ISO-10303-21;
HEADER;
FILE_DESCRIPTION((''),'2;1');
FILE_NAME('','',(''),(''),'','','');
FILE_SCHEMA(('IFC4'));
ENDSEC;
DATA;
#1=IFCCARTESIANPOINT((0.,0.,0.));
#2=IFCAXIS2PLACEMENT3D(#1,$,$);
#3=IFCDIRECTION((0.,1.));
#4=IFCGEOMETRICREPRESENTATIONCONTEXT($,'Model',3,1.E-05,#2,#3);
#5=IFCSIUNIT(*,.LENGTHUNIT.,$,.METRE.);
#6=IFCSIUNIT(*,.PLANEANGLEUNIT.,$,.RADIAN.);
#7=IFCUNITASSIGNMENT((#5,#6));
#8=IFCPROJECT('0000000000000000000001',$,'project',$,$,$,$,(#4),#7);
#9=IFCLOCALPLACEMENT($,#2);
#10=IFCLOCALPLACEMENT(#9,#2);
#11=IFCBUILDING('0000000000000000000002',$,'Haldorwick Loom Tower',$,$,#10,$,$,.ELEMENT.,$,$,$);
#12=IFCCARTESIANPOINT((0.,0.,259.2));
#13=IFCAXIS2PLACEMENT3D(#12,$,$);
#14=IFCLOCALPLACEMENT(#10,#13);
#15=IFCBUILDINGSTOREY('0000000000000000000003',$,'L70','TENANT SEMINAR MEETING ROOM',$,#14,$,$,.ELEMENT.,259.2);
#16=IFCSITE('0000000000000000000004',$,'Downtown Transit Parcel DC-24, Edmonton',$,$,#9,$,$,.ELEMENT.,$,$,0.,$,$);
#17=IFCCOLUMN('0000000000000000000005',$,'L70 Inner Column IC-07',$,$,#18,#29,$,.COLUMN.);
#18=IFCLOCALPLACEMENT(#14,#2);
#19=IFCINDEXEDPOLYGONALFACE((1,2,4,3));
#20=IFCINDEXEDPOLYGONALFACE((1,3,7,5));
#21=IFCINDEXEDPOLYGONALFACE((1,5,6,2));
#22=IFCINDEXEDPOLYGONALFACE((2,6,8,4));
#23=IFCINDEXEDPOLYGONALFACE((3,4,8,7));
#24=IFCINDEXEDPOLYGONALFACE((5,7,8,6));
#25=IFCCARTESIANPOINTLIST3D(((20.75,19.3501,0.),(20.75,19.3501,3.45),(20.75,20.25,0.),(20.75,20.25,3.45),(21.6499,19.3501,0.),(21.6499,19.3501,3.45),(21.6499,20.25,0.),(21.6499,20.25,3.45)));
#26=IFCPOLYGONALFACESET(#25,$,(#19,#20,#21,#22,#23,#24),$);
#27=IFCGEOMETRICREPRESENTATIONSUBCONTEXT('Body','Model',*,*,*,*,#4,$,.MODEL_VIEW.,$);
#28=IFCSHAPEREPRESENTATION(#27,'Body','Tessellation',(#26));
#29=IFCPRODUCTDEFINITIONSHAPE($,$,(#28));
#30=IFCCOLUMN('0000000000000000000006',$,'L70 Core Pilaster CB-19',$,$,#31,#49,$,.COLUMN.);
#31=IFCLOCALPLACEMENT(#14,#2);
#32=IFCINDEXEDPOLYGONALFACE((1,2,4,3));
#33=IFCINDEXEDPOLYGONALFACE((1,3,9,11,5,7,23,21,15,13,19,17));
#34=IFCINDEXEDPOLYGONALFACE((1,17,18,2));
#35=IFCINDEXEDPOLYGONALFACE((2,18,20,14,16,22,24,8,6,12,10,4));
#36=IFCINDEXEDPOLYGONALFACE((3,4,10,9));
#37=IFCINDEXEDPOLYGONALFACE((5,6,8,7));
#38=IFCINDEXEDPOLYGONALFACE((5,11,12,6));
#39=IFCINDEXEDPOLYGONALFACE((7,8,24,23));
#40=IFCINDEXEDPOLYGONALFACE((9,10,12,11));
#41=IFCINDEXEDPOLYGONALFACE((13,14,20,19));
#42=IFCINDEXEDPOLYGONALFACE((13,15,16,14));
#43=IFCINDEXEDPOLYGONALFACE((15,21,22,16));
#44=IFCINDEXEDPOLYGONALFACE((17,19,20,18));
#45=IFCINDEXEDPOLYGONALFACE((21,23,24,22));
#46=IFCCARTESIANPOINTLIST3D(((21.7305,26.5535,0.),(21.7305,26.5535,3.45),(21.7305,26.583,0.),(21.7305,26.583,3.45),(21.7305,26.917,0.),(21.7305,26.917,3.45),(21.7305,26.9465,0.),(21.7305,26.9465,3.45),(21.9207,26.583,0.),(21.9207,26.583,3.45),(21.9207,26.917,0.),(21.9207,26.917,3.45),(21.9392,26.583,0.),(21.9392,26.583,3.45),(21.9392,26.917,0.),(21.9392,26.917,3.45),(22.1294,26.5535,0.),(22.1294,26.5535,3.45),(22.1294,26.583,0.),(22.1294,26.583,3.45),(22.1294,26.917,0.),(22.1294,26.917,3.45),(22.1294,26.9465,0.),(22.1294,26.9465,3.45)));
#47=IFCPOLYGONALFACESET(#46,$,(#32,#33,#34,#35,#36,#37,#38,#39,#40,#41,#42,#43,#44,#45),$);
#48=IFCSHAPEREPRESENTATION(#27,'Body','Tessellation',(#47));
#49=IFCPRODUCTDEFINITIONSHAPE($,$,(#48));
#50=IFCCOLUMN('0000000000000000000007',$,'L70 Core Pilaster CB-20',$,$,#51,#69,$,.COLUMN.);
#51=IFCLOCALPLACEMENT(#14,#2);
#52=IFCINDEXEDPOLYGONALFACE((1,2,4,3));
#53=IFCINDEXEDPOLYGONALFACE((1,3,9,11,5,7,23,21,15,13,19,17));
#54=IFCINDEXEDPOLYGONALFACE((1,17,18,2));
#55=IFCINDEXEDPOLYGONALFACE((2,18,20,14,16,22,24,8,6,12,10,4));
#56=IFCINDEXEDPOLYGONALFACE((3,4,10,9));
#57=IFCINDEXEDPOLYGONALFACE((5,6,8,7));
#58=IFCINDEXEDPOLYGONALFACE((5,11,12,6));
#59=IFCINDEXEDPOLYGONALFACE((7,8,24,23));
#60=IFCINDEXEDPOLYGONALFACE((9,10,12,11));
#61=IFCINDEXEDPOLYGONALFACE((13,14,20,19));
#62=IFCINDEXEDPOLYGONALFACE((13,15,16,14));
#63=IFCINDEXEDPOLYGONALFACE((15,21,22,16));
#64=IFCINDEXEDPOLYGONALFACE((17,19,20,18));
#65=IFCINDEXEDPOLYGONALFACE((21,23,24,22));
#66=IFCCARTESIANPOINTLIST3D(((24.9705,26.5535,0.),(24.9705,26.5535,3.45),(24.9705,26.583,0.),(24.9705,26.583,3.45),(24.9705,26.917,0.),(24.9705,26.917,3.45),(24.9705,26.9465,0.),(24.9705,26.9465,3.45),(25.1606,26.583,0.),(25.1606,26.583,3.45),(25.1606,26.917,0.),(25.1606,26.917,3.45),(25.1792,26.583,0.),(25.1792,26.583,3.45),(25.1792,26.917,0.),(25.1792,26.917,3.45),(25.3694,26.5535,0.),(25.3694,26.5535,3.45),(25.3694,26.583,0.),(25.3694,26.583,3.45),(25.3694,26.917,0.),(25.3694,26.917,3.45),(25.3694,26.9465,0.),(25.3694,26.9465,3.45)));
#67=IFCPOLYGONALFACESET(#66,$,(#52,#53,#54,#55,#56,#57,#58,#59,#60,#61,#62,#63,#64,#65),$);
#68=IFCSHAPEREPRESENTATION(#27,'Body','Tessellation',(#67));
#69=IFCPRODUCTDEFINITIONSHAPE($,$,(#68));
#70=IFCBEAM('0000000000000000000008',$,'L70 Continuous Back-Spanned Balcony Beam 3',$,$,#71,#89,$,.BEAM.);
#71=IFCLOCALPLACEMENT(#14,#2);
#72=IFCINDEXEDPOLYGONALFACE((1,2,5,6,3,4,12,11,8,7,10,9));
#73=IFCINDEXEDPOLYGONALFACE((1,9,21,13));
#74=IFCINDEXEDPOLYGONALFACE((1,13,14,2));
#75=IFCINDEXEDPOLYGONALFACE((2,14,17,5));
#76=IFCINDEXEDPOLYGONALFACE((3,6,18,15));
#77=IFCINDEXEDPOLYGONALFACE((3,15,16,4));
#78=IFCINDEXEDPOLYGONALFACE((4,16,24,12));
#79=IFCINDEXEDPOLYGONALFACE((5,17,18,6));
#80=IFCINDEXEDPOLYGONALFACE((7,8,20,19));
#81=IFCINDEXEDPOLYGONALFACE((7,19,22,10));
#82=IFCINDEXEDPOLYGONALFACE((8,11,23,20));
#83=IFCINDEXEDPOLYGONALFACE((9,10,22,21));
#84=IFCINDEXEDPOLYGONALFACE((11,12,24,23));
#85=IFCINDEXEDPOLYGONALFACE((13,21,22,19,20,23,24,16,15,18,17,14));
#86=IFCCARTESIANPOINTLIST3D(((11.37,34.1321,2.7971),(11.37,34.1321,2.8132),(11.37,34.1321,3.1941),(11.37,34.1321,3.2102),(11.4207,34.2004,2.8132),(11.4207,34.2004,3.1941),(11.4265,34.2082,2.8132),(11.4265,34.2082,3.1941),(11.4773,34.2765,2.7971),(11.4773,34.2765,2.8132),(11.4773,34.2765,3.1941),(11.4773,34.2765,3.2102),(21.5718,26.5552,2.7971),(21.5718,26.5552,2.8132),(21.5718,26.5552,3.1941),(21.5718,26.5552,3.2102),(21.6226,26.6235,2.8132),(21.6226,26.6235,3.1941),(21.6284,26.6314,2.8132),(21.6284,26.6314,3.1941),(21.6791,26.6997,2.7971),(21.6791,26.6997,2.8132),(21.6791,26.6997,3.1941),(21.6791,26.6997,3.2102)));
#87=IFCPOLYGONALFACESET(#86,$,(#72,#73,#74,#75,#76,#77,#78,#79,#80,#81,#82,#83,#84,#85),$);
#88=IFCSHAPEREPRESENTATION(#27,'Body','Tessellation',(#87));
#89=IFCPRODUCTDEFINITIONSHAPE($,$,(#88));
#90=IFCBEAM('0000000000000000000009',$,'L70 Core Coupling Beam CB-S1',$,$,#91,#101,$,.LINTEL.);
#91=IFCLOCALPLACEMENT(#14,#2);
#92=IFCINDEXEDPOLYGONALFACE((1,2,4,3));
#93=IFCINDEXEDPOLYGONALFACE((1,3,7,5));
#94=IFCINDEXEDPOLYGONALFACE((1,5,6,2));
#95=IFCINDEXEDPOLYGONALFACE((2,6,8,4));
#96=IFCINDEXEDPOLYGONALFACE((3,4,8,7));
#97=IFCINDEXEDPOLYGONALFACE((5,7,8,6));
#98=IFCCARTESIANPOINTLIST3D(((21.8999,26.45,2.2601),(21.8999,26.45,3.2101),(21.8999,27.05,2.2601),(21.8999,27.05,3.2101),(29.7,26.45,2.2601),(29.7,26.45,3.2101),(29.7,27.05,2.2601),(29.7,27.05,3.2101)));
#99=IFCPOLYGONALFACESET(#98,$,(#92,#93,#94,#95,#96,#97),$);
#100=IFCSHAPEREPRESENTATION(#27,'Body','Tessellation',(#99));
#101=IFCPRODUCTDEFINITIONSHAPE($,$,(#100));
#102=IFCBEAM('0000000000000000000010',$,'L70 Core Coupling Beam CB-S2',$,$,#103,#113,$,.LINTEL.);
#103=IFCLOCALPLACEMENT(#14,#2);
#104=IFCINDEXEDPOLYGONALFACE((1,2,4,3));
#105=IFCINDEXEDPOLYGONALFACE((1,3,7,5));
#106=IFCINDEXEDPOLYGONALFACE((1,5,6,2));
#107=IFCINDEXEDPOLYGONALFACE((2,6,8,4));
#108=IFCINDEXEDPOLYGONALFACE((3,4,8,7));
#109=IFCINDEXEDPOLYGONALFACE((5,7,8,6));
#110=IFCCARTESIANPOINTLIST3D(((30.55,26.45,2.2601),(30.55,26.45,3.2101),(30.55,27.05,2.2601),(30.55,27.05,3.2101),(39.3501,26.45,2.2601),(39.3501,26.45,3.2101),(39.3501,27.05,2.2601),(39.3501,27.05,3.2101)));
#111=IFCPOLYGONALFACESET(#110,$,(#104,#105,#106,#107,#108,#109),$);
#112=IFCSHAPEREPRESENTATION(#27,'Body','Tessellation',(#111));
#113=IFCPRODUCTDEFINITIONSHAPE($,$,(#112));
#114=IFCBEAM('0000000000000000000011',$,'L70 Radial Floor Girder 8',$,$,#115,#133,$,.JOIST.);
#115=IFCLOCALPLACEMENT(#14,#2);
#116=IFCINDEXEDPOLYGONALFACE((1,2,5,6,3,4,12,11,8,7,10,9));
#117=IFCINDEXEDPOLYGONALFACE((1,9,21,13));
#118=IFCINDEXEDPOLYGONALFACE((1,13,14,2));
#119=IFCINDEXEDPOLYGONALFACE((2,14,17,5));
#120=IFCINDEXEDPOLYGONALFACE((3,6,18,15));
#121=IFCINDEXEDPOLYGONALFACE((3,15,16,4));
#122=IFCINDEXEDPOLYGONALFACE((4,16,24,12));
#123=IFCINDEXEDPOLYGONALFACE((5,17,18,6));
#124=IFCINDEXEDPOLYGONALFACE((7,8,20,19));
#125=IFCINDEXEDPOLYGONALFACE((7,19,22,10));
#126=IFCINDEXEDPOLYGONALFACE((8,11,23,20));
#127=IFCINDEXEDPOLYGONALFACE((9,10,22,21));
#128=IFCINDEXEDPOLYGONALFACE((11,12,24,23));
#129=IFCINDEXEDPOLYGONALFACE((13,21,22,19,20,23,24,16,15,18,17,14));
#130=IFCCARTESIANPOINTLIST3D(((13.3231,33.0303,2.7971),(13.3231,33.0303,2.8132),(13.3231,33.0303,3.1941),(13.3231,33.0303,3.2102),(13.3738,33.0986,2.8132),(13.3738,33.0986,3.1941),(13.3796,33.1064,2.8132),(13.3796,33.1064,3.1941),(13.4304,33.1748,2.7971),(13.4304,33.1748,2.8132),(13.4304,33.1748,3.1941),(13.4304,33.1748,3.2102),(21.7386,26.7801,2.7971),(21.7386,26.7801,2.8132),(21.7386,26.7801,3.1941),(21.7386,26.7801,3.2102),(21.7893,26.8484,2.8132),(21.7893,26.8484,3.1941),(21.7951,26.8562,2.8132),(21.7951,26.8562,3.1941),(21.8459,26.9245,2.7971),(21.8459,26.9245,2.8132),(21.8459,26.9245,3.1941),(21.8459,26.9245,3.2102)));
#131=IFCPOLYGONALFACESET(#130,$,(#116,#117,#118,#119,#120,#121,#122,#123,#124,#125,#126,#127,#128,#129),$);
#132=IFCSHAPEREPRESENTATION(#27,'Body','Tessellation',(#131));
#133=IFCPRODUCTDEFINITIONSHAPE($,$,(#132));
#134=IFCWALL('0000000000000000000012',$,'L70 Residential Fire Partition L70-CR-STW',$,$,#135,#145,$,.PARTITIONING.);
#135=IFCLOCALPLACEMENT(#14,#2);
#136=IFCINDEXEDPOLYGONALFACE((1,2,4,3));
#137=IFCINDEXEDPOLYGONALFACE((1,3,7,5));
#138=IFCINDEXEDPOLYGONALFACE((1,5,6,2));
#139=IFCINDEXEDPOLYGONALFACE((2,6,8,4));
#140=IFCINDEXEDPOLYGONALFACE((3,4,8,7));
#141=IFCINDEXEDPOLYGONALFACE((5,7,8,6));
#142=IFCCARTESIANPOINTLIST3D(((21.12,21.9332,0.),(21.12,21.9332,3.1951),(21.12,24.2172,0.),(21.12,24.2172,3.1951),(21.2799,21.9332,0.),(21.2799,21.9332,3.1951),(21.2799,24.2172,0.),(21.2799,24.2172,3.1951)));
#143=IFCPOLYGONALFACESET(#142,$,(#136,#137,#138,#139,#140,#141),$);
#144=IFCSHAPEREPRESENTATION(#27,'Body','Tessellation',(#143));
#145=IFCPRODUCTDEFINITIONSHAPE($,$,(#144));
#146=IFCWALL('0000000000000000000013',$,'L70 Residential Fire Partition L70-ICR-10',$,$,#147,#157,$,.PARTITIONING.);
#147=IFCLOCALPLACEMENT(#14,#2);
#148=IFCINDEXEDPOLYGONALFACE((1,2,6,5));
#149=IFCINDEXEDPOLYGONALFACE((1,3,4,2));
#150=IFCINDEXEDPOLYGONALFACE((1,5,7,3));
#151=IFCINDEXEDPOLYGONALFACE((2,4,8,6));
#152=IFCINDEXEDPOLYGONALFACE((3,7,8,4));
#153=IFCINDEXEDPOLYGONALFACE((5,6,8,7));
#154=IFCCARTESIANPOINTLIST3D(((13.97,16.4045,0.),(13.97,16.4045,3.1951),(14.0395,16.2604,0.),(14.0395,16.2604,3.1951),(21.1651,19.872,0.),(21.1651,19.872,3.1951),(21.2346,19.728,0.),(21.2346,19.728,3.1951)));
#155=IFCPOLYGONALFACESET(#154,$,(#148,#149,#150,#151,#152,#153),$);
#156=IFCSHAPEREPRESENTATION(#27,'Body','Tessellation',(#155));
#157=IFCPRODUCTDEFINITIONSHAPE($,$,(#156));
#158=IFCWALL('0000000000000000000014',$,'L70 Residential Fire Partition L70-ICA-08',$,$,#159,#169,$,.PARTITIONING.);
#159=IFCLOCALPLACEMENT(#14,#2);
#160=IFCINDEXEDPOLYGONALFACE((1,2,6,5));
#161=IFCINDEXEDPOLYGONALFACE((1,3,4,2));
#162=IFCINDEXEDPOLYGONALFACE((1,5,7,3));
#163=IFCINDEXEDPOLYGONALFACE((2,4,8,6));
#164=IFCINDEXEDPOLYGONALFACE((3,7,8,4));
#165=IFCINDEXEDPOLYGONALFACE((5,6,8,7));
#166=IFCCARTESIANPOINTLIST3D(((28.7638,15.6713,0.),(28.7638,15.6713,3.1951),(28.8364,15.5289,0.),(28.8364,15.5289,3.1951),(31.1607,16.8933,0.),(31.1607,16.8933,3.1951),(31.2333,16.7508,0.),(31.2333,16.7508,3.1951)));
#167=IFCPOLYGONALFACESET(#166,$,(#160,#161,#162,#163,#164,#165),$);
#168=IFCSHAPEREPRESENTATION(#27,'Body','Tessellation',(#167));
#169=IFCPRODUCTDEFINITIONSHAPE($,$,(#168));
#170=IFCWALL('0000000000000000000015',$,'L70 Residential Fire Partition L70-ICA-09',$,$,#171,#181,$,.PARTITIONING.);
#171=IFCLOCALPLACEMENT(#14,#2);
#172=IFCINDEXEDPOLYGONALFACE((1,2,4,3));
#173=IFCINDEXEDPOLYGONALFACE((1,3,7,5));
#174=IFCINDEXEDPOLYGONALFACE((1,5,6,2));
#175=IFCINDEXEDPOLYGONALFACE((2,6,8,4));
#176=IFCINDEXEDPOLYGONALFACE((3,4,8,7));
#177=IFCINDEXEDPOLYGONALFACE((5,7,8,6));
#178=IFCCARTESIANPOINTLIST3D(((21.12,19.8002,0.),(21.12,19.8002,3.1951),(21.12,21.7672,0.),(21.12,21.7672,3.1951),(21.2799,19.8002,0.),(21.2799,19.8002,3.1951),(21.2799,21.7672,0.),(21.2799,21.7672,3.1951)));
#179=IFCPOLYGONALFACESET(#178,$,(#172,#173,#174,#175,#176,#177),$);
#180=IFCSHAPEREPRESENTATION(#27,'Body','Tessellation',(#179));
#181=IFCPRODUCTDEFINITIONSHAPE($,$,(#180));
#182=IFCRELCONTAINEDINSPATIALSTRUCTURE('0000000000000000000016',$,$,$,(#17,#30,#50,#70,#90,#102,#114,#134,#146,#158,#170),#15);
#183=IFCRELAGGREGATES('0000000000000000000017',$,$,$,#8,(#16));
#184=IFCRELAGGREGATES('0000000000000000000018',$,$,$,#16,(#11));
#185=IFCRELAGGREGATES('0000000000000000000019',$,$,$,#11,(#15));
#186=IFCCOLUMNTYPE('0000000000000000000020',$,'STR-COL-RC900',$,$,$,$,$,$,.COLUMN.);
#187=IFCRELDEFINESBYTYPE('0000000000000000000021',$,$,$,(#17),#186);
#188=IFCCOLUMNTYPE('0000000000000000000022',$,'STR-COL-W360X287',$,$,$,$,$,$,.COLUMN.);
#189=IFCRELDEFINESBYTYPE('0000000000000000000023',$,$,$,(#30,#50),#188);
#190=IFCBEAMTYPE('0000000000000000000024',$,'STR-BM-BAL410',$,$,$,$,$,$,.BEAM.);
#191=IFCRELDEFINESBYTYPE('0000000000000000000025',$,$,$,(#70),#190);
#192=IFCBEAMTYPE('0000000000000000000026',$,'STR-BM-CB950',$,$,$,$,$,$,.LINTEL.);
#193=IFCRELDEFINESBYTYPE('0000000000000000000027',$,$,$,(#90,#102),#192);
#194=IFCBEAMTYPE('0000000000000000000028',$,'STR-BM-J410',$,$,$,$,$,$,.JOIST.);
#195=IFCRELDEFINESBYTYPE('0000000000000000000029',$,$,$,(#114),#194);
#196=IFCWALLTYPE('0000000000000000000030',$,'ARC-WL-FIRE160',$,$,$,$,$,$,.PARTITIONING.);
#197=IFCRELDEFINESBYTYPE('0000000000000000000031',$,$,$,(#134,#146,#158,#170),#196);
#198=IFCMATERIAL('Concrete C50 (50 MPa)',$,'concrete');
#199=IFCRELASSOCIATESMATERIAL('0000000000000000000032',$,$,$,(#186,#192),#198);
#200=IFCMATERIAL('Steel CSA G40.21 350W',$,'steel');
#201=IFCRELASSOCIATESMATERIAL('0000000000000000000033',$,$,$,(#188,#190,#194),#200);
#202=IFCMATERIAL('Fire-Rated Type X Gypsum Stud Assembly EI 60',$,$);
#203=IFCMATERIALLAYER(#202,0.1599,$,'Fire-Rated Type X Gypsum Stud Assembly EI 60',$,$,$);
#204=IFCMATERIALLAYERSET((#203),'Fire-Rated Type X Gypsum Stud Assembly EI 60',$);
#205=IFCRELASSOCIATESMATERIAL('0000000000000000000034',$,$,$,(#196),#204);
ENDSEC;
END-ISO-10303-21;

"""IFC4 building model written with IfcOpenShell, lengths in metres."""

from ifc_helpers import new_model, si_unit, direction, frame, frame_2d, origin, origin_2d, place, context, subcontext, project, spatial, rectangle, i_section, extrude, material, layer, layer_set, material_profile, profile_set, type_object, element, save


model = new_model("IFC4")

# Units and contexts
model_context = context("Model", 3, precision=1e-05, world=origin(), true_north=direction((0.0, 1.0)))
body_context = subcontext(model_context, "Body", "Model", "MODEL_VIEW")
ifc_project = project(units=[si_unit("LENGTHUNIT", "METRE"), si_unit("PLANEANGLEUNIT", "RADIAN")], contexts=[model_context])

# Site, building, storey
site_placement = place(None, origin())
site = spatial("IfcSite", under=ifc_project, at=site_placement, Name="Downtown Transit Parcel DC-24, Edmonton", CompositionType="ELEMENT", RefElevation=0.0)
building_placement = place(site_placement, origin())
building = spatial("IfcBuilding", under=site, at=building_placement, Name="Haldorwick Loom Tower", CompositionType="ELEMENT")
storey_placement = place(building_placement, frame((0.0, 0.0, 259.2)))
storey = spatial("IfcBuildingStorey", under=building, at=storey_placement, Name="L70", Description="TENANT SEMINAR MEETING ROOM", CompositionType="ELEMENT", Elevation=259.2)

# Columns
ifc_material_1 = material(Name="Concrete C50 (50 MPa)", Category="concrete")
ifc_material_profile_1 = material_profile(ifc_material_1, rectangle(XDim=0.8999, YDim=0.8999, at=origin_2d()), Name="RC900X900", Category="concrete")
ifc_profile_set_1 = profile_set([ifc_material_profile_1], Name="Concrete C50 (50 MPa)")
column_type_1 = type_object("IfcColumnType", Name="STR-COL-RC900", PredefinedType="COLUMN", material=ifc_profile_set_1)
column_placement = place(storey_placement, frame((21.2, 19.8, 0.0), z_axis=(0.0, 0.0, 1.0), x_axis=(1.0, 0.0, 0.0)))
element("IfcColumn", 1, at=column_placement, inside=storey, type_object=column_type_1, Name="L70 Inner Column IC-07", PredefinedType="COLUMN", context=body_context, shape_type="SweptSolid", body=[
    extrude(rectangle(XDim=0.8999, YDim=0.8999, at=origin_2d()), origin(), (0.0, 0.0, 1.0), 3.45),
])
ifc_material_2 = material(Name="Steel CSA G40.21 350W", Category="steel")
ifc_material_profile_2 = material_profile(ifc_material_2, i_section(OverallWidth=0.3989, OverallDepth=0.3931, WebThickness=0.0186, FlangeThickness=0.0295, at=origin_2d()), Name="W360X287", Category="steel")
ifc_profile_set_2 = profile_set([ifc_material_profile_2], Name="Steel CSA G40.21 350W")
column_type_2 = type_object("IfcColumnType", Name="STR-COL-W360X287", PredefinedType="COLUMN", material=ifc_profile_set_2)
for number, where, z_axis, x_axis, name in (
    (2, (21.9299, 26.75, 0.0), (0.0, 0.0, 1.0), (1.0, 0.0, 0.0), "L70 Core Pilaster CB-19"),
    (3, (25.1699, 26.75, 0.0), (0.0, 0.0, 1.0), (1.0, 0.0, 0.0), "L70 Core Pilaster CB-20"),
):
    element("IfcColumn", number, at=place(storey_placement, frame(where, z_axis=z_axis, x_axis=x_axis)), inside=storey, type_object=column_type_2, Name=name, PredefinedType="COLUMN", context=body_context, shape_type="SweptSolid", body=[
        extrude(i_section(OverallWidth=0.3989, OverallDepth=0.3931, WebThickness=0.0186, FlangeThickness=0.0295, at=origin_2d()), origin(), (0.0, 0.0, 1.0), 3.45),
    ])

# Beams
ifc_material_profile_3 = material_profile(ifc_material_2, i_section(OverallWidth=0.1799, OverallDepth=0.4131, WebThickness=0.0098, FlangeThickness=0.0161, at=origin_2d()), Name="W410X74", Category="steel")
ifc_profile_set_3 = profile_set([ifc_material_profile_3], Name="Steel CSA G40.21 350W")
beam_type_1 = type_object("IfcBeamType", Name="STR-BM-BAL410", PredefinedType="BEAM", material=ifc_profile_set_3)
beam_1_placement = place(storey_placement, frame((21.6255, 26.6274, 3.0037), z_axis=(-0.802806, 0.59624, 0.0), x_axis=(-0.59624, -0.802806, 0.0)))
element("IfcBeam", 4, at=beam_1_placement, inside=storey, type_object=beam_type_1, Name="L70 Continuous Back-Spanned Balcony Beam 3", PredefinedType="BEAM", context=body_context, shape_type="SweptSolid", body=[
    extrude(i_section(OverallWidth=0.1799, OverallDepth=0.4131, WebThickness=0.0098, FlangeThickness=0.0161, at=origin_2d()), origin(), (0.0, 0.0, 1.0), 12.7078),
])
ifc_material_profile_4 = material_profile(ifc_material_1, rectangle(XDim=0.6001, YDim=0.95, at=origin_2d()), Name="RC600X950", Category="concrete")
ifc_profile_set_4 = profile_set([ifc_material_profile_4], Name="Concrete C50 (50 MPa)")
beam_type_2 = type_object("IfcBeamType", Name="STR-BM-CB950", PredefinedType="LINTEL", material=ifc_profile_set_4)
beam_2_placement = place(storey_placement, frame((21.8999, 26.75, 2.7351), z_axis=(1.0, 0.0, 0.0), x_axis=(0.0, 1.0, 0.0)))
element("IfcBeam", 5, at=beam_2_placement, inside=storey, type_object=beam_type_2, Name="L70 Core Coupling Beam CB-S1", PredefinedType="LINTEL", context=body_context, shape_type="SweptSolid", body=[
    extrude(rectangle(XDim=0.6001, YDim=0.95, at=origin_2d()), origin(), (0.0, 0.0, 1.0), 7.8),
])
beam_3_placement = place(storey_placement, frame((30.55, 26.75, 2.7351), z_axis=(1.0, 0.0, 0.0), x_axis=(0.0, 1.0, 0.0)))
element("IfcBeam", 6, at=beam_3_placement, inside=storey, type_object=beam_type_2, Name="L70 Core Coupling Beam CB-S2", PredefinedType="LINTEL", context=body_context, shape_type="SweptSolid", body=[
    extrude(rectangle(XDim=0.6001, YDim=0.95, at=origin_2d()), origin(), (0.0, 0.0, 1.0), 8.8),
])
ifc_material_profile_5 = material_profile(ifc_material_2, i_section(OverallWidth=0.1799, OverallDepth=0.4131, WebThickness=0.0098, FlangeThickness=0.0161, at=origin_2d()), Name="W410X74", Category="steel")
ifc_profile_set_5 = profile_set([ifc_material_profile_5], Name="Steel CSA G40.21 350W")
beam_type_3 = type_object("IfcBeamType", Name="STR-BM-J410", PredefinedType="JOIST", material=ifc_profile_set_5)
beam_4_placement = place(storey_placement, frame((21.7922, 26.8523, 3.0037), z_axis=(-0.802803, 0.596245, 0.0), x_axis=(-0.596245, -0.802803, 0.0)))
element("IfcBeam", 7, at=beam_4_placement, inside=storey, type_object=beam_type_3, Name="L70 Radial Floor Girder 8", PredefinedType="JOIST", context=body_context, shape_type="SweptSolid", body=[
    extrude(i_section(OverallWidth=0.1799, OverallDepth=0.4131, WebThickness=0.0098, FlangeThickness=0.0161, at=origin_2d()), origin(), (0.0, 0.0, 1.0), 10.4827),
])

# Walls
ifc_material_3 = material(Name="Fire-Rated Type X Gypsum Stud Assembly EI 60")
ifc_layer_1 = layer(ifc_material_3, 0.1599, Name="Fire-Rated Type X Gypsum Stud Assembly EI 60")
ifc_layer_set_1 = layer_set([ifc_layer_1], Name="Fire-Rated Type X Gypsum Stud Assembly EI 60")
wall_type_1 = type_object("IfcWallType", Name="ARC-WL-FIRE160", PredefinedType="PARTITIONING", material=ifc_layer_set_1)
wall_1_placement = place(storey_placement, frame((21.2, 21.9331, 0.0), z_axis=(0.0, 0.0, 1.0), x_axis=(0.0, 1.0, 0.0)))
element("IfcWall", 8, at=wall_1_placement, inside=storey, type_object=wall_type_1, Name="L70 Residential Fire Partition L70-CR-STW", PredefinedType="PARTITIONING", context=body_context, shape_type="SweptSolid", body=[
    extrude(rectangle(XDim=2.2839, YDim=0.1599, at=frame_2d((1.1421, 0.0))), origin(), (0.0, 0.0, 1.0), 3.1951),
])
wall_2_placement = place(storey_placement, frame((21.2, 19.8, 0.0), z_axis=(0.0, 0.0, 1.0), x_axis=(-0.900843, -0.434145, 0.0)))
element("IfcWall", 9, at=wall_2_placement, inside=storey, type_object=wall_type_1, Name="L70 Residential Fire Partition L70-ICR-10", PredefinedType="PARTITIONING", context=body_context, shape_type="SweptSolid", body=[
    extrude(rectangle(XDim=7.9871, YDim=0.1599, at=frame_2d((3.9937, 0.0))), origin(), (0.0, 0.0, 1.0), 3.1951),
])
wall_3_placement = place(storey_placement, frame((31.197, 16.822, 0.0), z_axis=(0.0, 0.0, 1.0), x_axis=(-0.890916, -0.454169, 0.0)))
element("IfcWall", 10, at=wall_3_placement, inside=storey, type_object=wall_type_1, Name="L70 Residential Fire Partition L70-ICA-08", PredefinedType="PARTITIONING", context=body_context, shape_type="SweptSolid", body=[
    extrude(rectangle(XDim=2.6904, YDim=0.1599, at=frame_2d((1.3452, 0.0))), origin(), (0.0, 0.0, 1.0), 3.1951),
])
wall_4_placement = place(storey_placement, frame((21.2, 21.7671, 0.0), z_axis=(0.0, 0.0, 1.0), x_axis=(0.0, -1.0, 0.0)))
element("IfcWall", 11, at=wall_4_placement, inside=storey, type_object=wall_type_1, Name="L70 Residential Fire Partition L70-ICA-09", PredefinedType="PARTITIONING", context=body_context, shape_type="SweptSolid", body=[
    extrude(rectangle(XDim=1.967, YDim=0.1599, at=frame_2d((0.9834, 0.0))), origin(), (0.0, 0.0, 1.0), 3.1951),
])

save(model, "model.ifc")
